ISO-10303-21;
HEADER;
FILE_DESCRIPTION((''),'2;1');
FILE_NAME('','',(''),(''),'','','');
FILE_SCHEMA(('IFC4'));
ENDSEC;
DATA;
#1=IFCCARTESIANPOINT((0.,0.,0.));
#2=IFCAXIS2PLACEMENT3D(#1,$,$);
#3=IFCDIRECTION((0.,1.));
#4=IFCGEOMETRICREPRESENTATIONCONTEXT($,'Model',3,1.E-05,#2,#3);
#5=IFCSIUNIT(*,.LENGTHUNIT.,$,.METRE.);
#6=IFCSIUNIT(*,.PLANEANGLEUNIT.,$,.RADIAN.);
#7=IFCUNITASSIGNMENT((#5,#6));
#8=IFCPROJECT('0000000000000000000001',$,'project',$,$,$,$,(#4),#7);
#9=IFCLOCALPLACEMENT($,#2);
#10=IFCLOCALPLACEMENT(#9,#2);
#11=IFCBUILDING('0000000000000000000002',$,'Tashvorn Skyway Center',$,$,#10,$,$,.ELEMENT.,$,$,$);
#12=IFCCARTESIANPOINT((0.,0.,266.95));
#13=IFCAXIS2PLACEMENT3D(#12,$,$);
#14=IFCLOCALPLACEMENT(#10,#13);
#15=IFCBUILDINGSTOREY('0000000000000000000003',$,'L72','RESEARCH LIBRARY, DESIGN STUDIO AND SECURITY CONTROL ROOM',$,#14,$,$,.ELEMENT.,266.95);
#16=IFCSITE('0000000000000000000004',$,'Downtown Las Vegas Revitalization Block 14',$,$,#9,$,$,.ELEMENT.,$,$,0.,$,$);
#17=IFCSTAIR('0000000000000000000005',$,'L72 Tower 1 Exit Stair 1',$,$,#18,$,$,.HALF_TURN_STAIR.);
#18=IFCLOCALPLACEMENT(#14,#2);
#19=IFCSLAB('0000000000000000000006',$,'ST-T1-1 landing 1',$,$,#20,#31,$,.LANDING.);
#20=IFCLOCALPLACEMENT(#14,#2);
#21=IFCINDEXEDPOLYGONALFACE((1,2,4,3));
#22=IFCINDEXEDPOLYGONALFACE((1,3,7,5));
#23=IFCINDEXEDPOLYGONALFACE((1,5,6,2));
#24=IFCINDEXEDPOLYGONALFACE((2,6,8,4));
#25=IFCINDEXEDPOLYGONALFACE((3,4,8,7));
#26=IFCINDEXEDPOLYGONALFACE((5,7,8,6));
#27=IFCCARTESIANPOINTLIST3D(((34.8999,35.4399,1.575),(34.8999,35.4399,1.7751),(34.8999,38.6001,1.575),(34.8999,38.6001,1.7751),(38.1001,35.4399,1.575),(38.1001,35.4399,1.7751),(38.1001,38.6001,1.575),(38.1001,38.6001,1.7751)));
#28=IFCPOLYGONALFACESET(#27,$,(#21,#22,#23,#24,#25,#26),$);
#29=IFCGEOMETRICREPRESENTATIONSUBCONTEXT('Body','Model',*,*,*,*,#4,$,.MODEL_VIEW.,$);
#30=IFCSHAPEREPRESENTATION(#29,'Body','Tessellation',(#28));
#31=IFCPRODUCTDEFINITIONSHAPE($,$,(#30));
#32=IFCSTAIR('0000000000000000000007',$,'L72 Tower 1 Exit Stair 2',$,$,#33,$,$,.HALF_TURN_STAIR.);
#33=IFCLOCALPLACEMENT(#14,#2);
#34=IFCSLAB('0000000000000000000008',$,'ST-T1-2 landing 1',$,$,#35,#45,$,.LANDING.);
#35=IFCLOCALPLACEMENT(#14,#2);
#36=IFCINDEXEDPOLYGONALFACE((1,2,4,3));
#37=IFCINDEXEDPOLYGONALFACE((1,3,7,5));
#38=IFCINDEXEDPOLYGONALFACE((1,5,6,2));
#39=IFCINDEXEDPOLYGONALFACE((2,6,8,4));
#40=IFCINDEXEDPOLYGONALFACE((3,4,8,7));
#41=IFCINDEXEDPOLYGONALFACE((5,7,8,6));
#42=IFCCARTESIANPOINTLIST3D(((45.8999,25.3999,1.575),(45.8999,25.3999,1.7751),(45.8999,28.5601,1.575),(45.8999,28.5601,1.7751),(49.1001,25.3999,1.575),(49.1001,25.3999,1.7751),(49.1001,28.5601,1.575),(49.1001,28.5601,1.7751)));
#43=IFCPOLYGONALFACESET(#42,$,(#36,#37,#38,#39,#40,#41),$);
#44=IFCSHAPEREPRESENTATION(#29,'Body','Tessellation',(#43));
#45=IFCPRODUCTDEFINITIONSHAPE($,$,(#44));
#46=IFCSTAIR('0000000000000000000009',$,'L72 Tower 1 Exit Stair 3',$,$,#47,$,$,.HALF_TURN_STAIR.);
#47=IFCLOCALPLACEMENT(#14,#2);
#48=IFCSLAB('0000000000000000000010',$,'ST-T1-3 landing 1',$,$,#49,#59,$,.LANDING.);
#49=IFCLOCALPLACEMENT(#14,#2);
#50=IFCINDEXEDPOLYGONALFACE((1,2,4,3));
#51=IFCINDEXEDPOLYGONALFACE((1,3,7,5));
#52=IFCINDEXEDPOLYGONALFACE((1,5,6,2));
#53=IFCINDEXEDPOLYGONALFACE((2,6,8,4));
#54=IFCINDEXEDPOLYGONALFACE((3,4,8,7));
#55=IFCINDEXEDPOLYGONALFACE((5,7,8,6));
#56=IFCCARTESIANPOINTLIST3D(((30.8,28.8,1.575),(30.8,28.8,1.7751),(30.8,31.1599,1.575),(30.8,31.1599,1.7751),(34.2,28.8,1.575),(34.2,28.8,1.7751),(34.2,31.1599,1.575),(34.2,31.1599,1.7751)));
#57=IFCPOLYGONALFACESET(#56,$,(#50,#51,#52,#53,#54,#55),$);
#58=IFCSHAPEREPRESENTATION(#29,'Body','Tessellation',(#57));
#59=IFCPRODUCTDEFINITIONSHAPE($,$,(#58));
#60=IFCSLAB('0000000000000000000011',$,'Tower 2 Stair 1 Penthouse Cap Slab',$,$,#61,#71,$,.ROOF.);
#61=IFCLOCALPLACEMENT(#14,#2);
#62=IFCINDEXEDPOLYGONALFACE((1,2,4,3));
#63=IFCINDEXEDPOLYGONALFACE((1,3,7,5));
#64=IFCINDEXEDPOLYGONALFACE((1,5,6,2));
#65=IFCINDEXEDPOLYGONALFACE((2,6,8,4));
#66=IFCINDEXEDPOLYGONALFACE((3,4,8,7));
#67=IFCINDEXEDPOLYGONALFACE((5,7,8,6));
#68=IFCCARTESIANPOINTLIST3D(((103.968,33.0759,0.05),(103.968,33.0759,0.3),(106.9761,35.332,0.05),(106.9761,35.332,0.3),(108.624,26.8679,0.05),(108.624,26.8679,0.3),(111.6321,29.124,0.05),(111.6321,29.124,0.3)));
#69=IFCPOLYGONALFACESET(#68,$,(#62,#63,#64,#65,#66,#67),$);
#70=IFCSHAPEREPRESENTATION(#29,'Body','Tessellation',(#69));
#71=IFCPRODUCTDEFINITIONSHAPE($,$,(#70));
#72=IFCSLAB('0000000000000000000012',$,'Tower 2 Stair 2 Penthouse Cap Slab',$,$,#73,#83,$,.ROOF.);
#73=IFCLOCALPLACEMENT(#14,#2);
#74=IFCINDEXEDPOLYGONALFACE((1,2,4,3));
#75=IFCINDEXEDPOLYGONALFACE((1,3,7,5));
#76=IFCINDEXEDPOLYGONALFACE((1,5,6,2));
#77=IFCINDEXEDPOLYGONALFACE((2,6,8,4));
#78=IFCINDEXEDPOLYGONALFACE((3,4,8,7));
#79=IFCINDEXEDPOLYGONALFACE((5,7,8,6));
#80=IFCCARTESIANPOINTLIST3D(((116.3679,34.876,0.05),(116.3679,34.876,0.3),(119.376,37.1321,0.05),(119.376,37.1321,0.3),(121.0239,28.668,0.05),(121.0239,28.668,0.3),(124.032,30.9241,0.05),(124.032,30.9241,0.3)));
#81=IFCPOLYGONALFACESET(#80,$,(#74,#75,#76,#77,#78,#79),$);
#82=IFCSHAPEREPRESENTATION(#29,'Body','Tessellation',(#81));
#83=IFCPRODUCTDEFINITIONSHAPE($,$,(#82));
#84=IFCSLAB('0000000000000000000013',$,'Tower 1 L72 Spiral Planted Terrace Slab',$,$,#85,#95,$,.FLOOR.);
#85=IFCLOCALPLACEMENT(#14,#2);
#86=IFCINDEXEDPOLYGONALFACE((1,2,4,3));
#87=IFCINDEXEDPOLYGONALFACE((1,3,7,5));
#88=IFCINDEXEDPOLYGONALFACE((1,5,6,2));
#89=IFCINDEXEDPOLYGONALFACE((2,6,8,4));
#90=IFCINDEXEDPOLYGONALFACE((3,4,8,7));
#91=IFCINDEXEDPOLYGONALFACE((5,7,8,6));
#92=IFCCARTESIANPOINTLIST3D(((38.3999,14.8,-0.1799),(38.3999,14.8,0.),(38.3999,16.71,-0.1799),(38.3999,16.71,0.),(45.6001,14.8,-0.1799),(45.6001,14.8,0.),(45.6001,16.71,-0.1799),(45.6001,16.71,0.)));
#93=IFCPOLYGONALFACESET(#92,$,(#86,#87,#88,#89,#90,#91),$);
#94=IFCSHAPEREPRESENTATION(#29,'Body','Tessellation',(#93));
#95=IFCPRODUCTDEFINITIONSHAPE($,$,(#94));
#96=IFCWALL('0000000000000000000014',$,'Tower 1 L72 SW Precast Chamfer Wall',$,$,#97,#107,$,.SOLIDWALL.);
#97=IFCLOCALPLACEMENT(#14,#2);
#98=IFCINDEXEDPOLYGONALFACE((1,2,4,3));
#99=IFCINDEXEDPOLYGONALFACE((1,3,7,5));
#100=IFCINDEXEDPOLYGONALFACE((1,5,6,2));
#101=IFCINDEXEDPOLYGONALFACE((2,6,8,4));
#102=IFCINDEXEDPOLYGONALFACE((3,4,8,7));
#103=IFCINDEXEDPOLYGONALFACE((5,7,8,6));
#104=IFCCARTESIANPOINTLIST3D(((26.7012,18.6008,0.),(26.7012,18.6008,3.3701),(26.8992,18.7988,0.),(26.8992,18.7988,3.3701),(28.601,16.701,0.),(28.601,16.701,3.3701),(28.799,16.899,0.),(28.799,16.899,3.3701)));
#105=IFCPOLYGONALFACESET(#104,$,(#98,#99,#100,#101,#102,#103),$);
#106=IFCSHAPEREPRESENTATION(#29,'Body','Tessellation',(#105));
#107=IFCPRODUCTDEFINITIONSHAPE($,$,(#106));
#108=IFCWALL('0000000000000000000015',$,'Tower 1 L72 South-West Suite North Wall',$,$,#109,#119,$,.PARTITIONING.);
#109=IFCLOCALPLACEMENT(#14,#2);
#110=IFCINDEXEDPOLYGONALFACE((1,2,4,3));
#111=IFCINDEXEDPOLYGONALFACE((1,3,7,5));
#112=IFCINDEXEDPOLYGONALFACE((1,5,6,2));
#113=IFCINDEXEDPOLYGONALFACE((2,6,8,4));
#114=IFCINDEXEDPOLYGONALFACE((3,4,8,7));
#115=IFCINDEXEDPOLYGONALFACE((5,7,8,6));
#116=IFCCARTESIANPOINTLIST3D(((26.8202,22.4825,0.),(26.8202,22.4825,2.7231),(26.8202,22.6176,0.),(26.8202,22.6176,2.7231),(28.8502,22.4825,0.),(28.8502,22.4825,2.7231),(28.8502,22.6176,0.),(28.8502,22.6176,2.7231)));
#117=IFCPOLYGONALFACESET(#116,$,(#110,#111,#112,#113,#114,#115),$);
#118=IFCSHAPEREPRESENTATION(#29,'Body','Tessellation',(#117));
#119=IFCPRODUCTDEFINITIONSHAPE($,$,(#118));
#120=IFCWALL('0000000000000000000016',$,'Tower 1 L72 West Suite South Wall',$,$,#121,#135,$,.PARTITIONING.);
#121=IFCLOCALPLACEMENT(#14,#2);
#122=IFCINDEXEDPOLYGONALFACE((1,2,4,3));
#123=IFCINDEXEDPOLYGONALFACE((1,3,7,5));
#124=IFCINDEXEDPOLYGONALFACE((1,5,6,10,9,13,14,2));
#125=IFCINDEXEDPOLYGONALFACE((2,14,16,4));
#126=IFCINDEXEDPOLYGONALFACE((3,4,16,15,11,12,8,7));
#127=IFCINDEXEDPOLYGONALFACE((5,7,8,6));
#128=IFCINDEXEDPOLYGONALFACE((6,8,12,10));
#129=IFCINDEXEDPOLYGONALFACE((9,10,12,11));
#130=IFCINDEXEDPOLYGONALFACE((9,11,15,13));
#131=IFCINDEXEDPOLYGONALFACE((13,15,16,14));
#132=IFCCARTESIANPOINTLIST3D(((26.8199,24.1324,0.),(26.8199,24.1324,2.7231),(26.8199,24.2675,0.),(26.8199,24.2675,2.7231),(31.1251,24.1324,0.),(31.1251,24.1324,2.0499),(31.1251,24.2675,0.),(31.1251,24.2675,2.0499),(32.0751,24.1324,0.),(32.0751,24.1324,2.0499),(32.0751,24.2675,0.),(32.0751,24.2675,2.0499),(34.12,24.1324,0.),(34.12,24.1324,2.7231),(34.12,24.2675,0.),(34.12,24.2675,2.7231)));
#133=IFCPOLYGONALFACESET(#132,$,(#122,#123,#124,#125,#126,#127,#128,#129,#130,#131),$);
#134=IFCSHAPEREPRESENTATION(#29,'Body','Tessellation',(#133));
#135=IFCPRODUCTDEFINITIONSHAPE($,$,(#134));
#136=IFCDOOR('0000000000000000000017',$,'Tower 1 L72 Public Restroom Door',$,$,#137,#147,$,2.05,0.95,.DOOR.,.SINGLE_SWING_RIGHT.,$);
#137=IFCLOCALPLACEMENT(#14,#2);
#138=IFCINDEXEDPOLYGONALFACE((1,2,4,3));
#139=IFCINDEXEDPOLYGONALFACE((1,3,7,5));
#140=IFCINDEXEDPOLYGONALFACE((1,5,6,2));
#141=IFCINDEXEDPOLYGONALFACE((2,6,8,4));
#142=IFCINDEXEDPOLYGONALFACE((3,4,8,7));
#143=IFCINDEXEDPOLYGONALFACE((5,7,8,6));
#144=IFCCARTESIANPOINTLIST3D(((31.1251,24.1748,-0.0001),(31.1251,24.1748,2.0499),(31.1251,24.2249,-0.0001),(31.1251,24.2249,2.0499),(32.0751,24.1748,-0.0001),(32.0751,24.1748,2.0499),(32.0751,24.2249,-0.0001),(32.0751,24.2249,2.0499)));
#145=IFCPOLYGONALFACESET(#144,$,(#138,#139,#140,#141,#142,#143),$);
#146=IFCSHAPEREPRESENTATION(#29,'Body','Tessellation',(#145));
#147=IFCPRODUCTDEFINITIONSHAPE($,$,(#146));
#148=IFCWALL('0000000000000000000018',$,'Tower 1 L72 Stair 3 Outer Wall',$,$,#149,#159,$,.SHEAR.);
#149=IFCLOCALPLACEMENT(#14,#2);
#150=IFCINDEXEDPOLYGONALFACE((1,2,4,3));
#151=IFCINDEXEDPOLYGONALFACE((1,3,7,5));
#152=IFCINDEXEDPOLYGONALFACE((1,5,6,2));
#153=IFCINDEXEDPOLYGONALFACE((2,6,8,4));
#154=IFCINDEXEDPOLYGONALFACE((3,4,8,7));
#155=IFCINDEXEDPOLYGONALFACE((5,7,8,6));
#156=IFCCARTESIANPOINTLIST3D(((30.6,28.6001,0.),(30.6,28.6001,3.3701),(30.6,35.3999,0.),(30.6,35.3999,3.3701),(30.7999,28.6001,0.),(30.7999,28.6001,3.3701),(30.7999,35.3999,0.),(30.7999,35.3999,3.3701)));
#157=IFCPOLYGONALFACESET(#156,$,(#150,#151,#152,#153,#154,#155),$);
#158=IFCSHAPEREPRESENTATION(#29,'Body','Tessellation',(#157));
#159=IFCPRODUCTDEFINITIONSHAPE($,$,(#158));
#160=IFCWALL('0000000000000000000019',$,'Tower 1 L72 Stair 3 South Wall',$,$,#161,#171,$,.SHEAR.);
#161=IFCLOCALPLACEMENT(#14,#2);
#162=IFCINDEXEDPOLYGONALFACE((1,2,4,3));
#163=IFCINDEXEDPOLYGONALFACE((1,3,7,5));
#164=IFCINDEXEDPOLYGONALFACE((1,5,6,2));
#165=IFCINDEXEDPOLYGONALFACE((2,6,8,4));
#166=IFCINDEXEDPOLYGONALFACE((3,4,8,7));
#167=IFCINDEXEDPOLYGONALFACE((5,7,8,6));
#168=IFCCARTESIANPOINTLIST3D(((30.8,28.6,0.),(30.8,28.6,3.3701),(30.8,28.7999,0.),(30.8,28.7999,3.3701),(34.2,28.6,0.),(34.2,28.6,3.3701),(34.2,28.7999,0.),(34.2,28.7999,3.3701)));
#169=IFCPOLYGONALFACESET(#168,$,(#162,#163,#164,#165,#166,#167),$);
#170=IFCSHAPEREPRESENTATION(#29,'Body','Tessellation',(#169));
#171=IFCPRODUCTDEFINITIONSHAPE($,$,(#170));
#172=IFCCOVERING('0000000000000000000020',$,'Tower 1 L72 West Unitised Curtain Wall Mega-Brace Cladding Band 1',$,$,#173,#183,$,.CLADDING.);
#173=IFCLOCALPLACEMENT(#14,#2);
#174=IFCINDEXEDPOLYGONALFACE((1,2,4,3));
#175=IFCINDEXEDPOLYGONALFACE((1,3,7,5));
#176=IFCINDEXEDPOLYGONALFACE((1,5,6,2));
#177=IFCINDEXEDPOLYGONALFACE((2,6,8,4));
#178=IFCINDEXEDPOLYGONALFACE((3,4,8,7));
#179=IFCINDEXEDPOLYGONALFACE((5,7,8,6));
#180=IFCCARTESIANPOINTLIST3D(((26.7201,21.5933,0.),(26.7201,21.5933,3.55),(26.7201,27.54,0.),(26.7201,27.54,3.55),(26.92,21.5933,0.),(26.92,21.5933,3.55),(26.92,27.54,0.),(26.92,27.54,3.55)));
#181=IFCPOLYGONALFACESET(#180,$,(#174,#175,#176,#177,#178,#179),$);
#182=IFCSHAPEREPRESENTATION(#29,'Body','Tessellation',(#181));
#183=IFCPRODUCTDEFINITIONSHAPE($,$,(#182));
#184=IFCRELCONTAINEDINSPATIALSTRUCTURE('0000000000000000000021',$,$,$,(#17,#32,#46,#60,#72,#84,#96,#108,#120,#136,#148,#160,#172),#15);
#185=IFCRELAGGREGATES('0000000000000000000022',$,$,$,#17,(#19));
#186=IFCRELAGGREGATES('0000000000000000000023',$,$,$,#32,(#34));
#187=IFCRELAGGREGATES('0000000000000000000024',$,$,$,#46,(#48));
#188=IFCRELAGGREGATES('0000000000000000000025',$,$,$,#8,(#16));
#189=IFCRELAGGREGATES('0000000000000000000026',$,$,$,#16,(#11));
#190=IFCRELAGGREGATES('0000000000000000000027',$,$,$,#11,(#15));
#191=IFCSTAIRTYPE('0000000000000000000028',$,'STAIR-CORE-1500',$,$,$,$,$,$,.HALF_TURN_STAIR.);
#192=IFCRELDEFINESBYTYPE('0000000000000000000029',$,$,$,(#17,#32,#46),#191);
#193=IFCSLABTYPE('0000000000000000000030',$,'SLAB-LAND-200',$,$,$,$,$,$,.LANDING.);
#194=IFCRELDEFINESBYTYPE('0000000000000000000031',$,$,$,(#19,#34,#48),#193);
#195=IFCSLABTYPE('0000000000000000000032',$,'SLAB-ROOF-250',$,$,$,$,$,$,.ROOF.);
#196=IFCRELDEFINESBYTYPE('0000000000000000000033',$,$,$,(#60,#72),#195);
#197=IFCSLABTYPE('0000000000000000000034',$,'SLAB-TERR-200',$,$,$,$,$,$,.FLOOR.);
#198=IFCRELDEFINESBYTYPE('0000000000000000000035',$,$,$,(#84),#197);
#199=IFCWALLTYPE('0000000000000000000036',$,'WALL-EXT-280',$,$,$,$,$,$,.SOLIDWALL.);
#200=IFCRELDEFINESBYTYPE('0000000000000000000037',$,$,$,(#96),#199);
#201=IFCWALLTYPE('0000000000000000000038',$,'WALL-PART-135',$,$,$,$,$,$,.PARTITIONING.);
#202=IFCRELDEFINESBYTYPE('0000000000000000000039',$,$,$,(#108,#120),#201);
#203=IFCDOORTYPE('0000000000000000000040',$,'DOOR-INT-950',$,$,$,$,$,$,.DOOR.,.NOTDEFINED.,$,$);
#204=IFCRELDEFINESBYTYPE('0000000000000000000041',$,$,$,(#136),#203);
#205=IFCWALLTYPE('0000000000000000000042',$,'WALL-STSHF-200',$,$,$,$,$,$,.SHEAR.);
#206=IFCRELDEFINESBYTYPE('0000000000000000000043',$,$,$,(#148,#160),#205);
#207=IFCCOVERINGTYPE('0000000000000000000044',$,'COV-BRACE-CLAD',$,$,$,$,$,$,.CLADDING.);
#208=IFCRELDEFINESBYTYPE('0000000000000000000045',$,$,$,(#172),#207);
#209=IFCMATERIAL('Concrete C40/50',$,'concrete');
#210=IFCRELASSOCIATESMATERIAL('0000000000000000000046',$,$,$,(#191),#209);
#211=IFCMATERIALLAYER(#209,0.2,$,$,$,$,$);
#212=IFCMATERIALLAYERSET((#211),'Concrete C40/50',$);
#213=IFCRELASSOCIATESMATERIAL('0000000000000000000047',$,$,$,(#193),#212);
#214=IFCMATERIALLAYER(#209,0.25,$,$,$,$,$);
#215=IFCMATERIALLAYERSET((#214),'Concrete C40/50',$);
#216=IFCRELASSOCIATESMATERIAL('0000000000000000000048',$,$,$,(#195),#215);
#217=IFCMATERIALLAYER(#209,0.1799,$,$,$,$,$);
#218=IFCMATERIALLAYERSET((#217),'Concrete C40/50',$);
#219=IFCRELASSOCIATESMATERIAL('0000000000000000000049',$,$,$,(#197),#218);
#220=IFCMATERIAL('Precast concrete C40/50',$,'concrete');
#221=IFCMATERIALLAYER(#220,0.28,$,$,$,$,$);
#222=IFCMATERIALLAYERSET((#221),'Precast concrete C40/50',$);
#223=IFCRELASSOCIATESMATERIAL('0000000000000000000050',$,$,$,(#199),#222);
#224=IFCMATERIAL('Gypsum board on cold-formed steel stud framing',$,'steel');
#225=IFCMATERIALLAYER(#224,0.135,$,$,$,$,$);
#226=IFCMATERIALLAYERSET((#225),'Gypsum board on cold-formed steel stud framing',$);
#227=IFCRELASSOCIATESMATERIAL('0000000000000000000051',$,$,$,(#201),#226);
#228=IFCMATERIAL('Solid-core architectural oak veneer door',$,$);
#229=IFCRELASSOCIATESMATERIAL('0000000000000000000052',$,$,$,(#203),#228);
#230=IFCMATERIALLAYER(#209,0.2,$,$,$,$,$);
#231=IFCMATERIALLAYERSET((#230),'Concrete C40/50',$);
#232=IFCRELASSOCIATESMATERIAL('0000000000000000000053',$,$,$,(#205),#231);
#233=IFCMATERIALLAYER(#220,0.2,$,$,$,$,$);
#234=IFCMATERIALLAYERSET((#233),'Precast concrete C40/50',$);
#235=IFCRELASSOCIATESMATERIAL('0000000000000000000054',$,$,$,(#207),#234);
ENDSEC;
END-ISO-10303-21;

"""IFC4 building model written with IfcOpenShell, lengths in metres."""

from ifc_helpers import new_model, si_unit, direction, frame, frame_2d, origin, origin_2d, place, context, subcontext, project, spatial, polyline, rectangle, outline, extrude, material, layer, layer_set, type_object, element, fill, aggregate, save


model = new_model("IFC4")

# Units and contexts
model_context = context("Model", 3, precision=1e-05, world=origin(), true_north=direction((0.0, 1.0)))
body_context = subcontext(model_context, "Body", "Model", "MODEL_VIEW")
ifc_project = project(units=[si_unit("LENGTHUNIT", "METRE"), si_unit("PLANEANGLEUNIT", "RADIAN")], contexts=[model_context])

# Site, building, storey
site_placement = place(None, origin())
site = spatial("IfcSite", under=ifc_project, at=site_placement, Name="Downtown Las Vegas Revitalization Block 14", CompositionType="ELEMENT", RefElevation=0.0)
building_placement = place(site_placement, origin())
building = spatial("IfcBuilding", under=site, at=building_placement, Name="Tashvorn Skyway Center", CompositionType="ELEMENT")
storey_placement = place(building_placement, frame((0.0, 0.0, 266.95)))
storey = spatial("IfcBuildingStorey", under=building, at=storey_placement, Name="L72", Description="RESEARCH LIBRARY, DESIGN STUDIO AND SECURITY CONTROL ROOM", CompositionType="ELEMENT", Elevation=266.95)

# Shared definitions
ifc_material_1 = material(Name="Concrete C40/50", Category="concrete")

# Stairs, slabs
stair_type = type_object("IfcStairType", Name="STAIR-CORE-1500", PredefinedType="HALF_TURN_STAIR", material=ifc_material_1)
stair_1_placement = place(storey_placement, origin())
stair_1 = element("IfcStair", 1, at=stair_1_placement, inside=storey, type_object=stair_type, Name="L72 Tower 1 Exit Stair 1", PredefinedType="HALF_TURN_STAIR")
ifc_layer_1 = layer(ifc_material_1, 0.2)
ifc_layer_set_1 = layer_set([ifc_layer_1], Name="Concrete C40/50")
slab_type_1 = type_object("IfcSlabType", Name="SLAB-LAND-200", PredefinedType="LANDING", material=ifc_layer_set_1)
slab_1_placement = place(storey_placement, frame((0.0, 0.0, 1.575)))
slab_1 = element("IfcSlab", 2, at=slab_1_placement, type_object=slab_type_1, Name="ST-T1-1 landing 1", PredefinedType="LANDING", context=body_context, shape_type="SweptSolid", body=[
    extrude(outline(polyline([(38.1001, 35.4399), (38.1001, 38.6001), (34.8999, 38.6001), (34.8999, 35.4399), (38.1001, 35.4399)])), origin(), (0.0, 0.0, 1.0), 0.2002),
])
aggregate(stair_1, [slab_1])
stair_2_placement = place(storey_placement, origin())
stair_2 = element("IfcStair", 3, at=stair_2_placement, inside=storey, type_object=stair_type, Name="L72 Tower 1 Exit Stair 2", PredefinedType="HALF_TURN_STAIR")
slab_2_placement = place(storey_placement, frame((0.0, 0.0, 1.575)))
slab_2 = element("IfcSlab", 4, at=slab_2_placement, type_object=slab_type_1, Name="ST-T1-2 landing 1", PredefinedType="LANDING", context=body_context, shape_type="SweptSolid", body=[
    extrude(outline(polyline([(45.8999, 28.5601), (45.8999, 25.3999), (49.1001, 25.3999), (49.1001, 28.5601), (45.8999, 28.5601)])), origin(), (0.0, 0.0, 1.0), 0.2002),
])
aggregate(stair_2, [slab_2])
stair_3_placement = place(storey_placement, origin())
stair_3 = element("IfcStair", 5, at=stair_3_placement, inside=storey, type_object=stair_type, Name="L72 Tower 1 Exit Stair 3", PredefinedType="HALF_TURN_STAIR")
slab_3_placement = place(storey_placement, frame((0.0, 0.0, 1.575)))
slab_3 = element("IfcSlab", 6, at=slab_3_placement, type_object=slab_type_1, Name="ST-T1-3 landing 1", PredefinedType="LANDING", context=body_context, shape_type="SweptSolid", body=[
    extrude(outline(polyline([(30.8, 31.1599), (30.8, 28.8), (34.2, 28.8), (34.2, 31.1599), (30.8, 31.1599)])), origin(), (0.0, 0.0, 1.0), 0.2002),
])
aggregate(stair_3, [slab_3])

# Slabs
ifc_layer_2 = layer(ifc_material_1, 0.25)
ifc_layer_set_2 = layer_set([ifc_layer_2], Name="Concrete C40/50")
slab_type_2 = type_object("IfcSlabType", Name="SLAB-ROOF-250", PredefinedType="ROOF", material=ifc_layer_set_2)
slab_4_placement = place(storey_placement, frame((0.0, 0.0, 0.05)))
element("IfcSlab", 7, at=slab_4_placement, inside=storey, type_object=slab_type_2, Name="Tower 2 Stair 1 Penthouse Cap Slab", PredefinedType="ROOF", context=body_context, shape_type="SweptSolid", body=[
    extrude(outline(polyline([(108.624, 26.8679), (111.6321, 29.124), (106.9761, 35.332), (103.968, 33.0759), (108.624, 26.8679)])), origin(), (0.0, 0.0, 1.0), 0.25),
])
slab_5_placement = place(storey_placement, frame((0.0, 0.0, 0.05)))
element("IfcSlab", 8, at=slab_5_placement, inside=storey, type_object=slab_type_2, Name="Tower 2 Stair 2 Penthouse Cap Slab", PredefinedType="ROOF", context=body_context, shape_type="SweptSolid", body=[
    extrude(outline(polyline([(121.0239, 28.668), (124.032, 30.9241), (119.376, 37.1321), (116.3679, 34.876), (121.0239, 28.668)])), origin(), (0.0, 0.0, 1.0), 0.25),
])
ifc_layer_3 = layer(ifc_material_1, 0.1799)
ifc_layer_set_3 = layer_set([ifc_layer_3], Name="Concrete C40/50")
slab_type_3 = type_object("IfcSlabType", Name="SLAB-TERR-200", PredefinedType="FLOOR", material=ifc_layer_set_3)
slab_6_placement = place(storey_placement, frame((0.0, 0.0, -0.1799)))
element("IfcSlab", 9, at=slab_6_placement, inside=storey, type_object=slab_type_3, Name="Tower 1 L72 Spiral Planted Terrace Slab", PredefinedType="FLOOR", context=body_context, shape_type="SweptSolid", body=[
    extrude(outline(polyline([(38.3999, 14.8), (45.6001, 14.8), (45.6001, 16.71), (38.3999, 16.71), (38.3999, 14.8)])), origin(), (0.0, 0.0, 1.0), 0.1799),
])

# Walls
ifc_material_2 = material(Name="Precast concrete C40/50", Category="concrete")
ifc_layer_4 = layer(ifc_material_2, 0.28)
ifc_layer_set_4 = layer_set([ifc_layer_4], Name="Precast concrete C40/50")
wall_type_1 = type_object("IfcWallType", Name="WALL-EXT-280", PredefinedType="SOLIDWALL", material=ifc_layer_set_4)
wall_1_placement = place(storey_placement, frame((28.7, 16.8, 0.0), z_axis=(0.0, 0.0, 1.0), x_axis=(-0.707107, 0.707107, 0.0)))
element("IfcWall", 10, at=wall_1_placement, inside=storey, type_object=wall_type_1, Name="Tower 1 L72 SW Precast Chamfer Wall", PredefinedType="SOLIDWALL", context=body_context, shape_type="SweptSolid", body=[
    extrude(rectangle(XDim=2.6868, YDim=0.28, at=frame_2d((1.3433, 0.0))), origin(), (0.0, 0.0, 1.0), 3.3701),
])
ifc_material_3 = material(Name="Gypsum board on cold-formed steel stud framing", Category="steel")
ifc_layer_5 = layer(ifc_material_3, 0.135)
ifc_layer_set_5 = layer_set([ifc_layer_5], Name="Gypsum board on cold-formed steel stud framing")
wall_type_2 = type_object("IfcWallType", Name="WALL-PART-135", PredefinedType="PARTITIONING", material=ifc_layer_set_5)
wall_2_placement = place(storey_placement, frame((26.8201, 22.55, 0.0), z_axis=(0.0, 0.0, 1.0), x_axis=(1.0, 0.0, 0.0)))
element("IfcWall", 11, at=wall_2_placement, inside=storey, type_object=wall_type_2, Name="Tower 1 L72 South-West Suite North Wall", PredefinedType="PARTITIONING", context=body_context, shape_type="SweptSolid", body=[
    extrude(rectangle(XDim=2.03, YDim=0.135, at=frame_2d((1.0151, 0.0))), origin(), (0.0, 0.0, 1.0), 2.7231),
])

# Wall, opening, door
wall_3_placement = place(storey_placement, frame((26.8201, 24.2, 0.0), z_axis=(0.0, 0.0, 1.0), x_axis=(1.0, 0.0, 0.0)))
wall_3 = element("IfcWall", 12, at=wall_3_placement, inside=storey, type_object=wall_type_2, Name="Tower 1 L72 West Suite South Wall", PredefinedType="PARTITIONING", context=body_context, shape_type="SweptSolid", body=[
    extrude(rectangle(XDim=7.3, YDim=0.135, at=frame_2d((3.6499, 0.0))), origin(), (0.0, 0.0, 1.0), 2.7231),
])
opening_placement = place(wall_3_placement, frame((4.3049, 0.0, 0.0)))
opening = element("IfcOpeningElement", 13, at=opening_placement, cuts=wall_3, PredefinedType="OPENING", context=body_context, shape_type="SweptSolid", body=[
    extrude(rectangle(XDim=0.95, YDim=2.05, at=frame_2d((0.4751, 1.0249))), frame((0.0, 0.0774, 0.0), z_axis=(0.0, -1.0, 0.0), x_axis=(1.0, 0.0, 0.0)), (0.0, 0.0, 1.0), 0.155),
])
ifc_material_4 = material(Name="Solid-core architectural oak veneer door")
door_type = type_object("IfcDoorType", Name="DOOR-INT-950", OperationType="NOTDEFINED", PredefinedType="DOOR", material=ifc_material_4)
door_placement = place(opening_placement, origin())
door = element("IfcDoor", 14, at=door_placement, inside=storey, type_object=door_type, Name="Tower 1 L72 Public Restroom Door", OperationType="SINGLE_SWING_RIGHT", OverallHeight=2.05, OverallWidth=0.95, PredefinedType="DOOR", context=body_context, shape_type="SweptSolid", body=[
    extrude(rectangle(XDim=0.95, YDim=2.05, at=frame_2d((0.4751, 1.0249))), frame((0.0, 0.0249, 0.0), z_axis=(0.0, -1.0, 0.0), x_axis=(1.0, 0.0, 0.0)), (0.0, 0.0, 1.0), 0.05),
])
fill(opening, door)

# Walls
ifc_layer_6 = layer(ifc_material_1, 0.2)
ifc_layer_set_6 = layer_set([ifc_layer_6], Name="Concrete C40/50")
wall_type_3 = type_object("IfcWallType", Name="WALL-STSHF-200", PredefinedType="SHEAR", material=ifc_layer_set_6)
wall_4_placement = place(storey_placement, frame((30.7, 28.6001, 0.0), z_axis=(0.0, 0.0, 1.0), x_axis=(0.0, 1.0, 0.0)))
element("IfcWall", 15, at=wall_4_placement, inside=storey, type_object=wall_type_3, Name="Tower 1 L72 Stair 3 Outer Wall", PredefinedType="SHEAR", context=body_context, shape_type="SweptSolid", body=[
    extrude(rectangle(XDim=6.7998, YDim=0.2, at=frame_2d((3.3999, 0.0))), origin(), (0.0, 0.0, 1.0), 3.3701),
])
wall_5_placement = place(storey_placement, frame((30.8, 28.7, 0.0), z_axis=(0.0, 0.0, 1.0), x_axis=(1.0, 0.0, 0.0)))
element("IfcWall", 16, at=wall_5_placement, inside=storey, type_object=wall_type_3, Name="Tower 1 L72 Stair 3 South Wall", PredefinedType="SHEAR", context=body_context, shape_type="SweptSolid", body=[
    extrude(rectangle(XDim=3.3999, YDim=0.2, at=frame_2d((1.7, 0.0))), origin(), (0.0, 0.0, 1.0), 3.3701),
])

# Covering
ifc_layer_7 = layer(ifc_material_2, 0.2)
ifc_layer_set_7 = layer_set([ifc_layer_7], Name="Precast concrete C40/50")
covering_type_1 = type_object("IfcCoveringType", Name="COV-BRACE-CLAD", PredefinedType="CLADDING", material=ifc_layer_set_7)
covering_1_placement = place(storey_placement, frame((26.8201, 24.5667, 0.0), z_axis=(0.0, 0.0, 1.0), x_axis=(0.0, 1.0, 0.0)))
element("IfcCovering", 17, at=covering_1_placement, inside=storey, type_object=covering_type_1, Name="Tower 1 L72 West Unitised Curtain Wall Mega-Brace Cladding Band 1", PredefinedType="CLADDING", context=body_context, shape_type="SweptSolid", body=[
    extrude(rectangle(XDim=5.9468, YDim=0.2, at=origin_2d()), origin(), (0.0, 0.0, 1.0), 3.55),
])

save(model, "model.ifc")
